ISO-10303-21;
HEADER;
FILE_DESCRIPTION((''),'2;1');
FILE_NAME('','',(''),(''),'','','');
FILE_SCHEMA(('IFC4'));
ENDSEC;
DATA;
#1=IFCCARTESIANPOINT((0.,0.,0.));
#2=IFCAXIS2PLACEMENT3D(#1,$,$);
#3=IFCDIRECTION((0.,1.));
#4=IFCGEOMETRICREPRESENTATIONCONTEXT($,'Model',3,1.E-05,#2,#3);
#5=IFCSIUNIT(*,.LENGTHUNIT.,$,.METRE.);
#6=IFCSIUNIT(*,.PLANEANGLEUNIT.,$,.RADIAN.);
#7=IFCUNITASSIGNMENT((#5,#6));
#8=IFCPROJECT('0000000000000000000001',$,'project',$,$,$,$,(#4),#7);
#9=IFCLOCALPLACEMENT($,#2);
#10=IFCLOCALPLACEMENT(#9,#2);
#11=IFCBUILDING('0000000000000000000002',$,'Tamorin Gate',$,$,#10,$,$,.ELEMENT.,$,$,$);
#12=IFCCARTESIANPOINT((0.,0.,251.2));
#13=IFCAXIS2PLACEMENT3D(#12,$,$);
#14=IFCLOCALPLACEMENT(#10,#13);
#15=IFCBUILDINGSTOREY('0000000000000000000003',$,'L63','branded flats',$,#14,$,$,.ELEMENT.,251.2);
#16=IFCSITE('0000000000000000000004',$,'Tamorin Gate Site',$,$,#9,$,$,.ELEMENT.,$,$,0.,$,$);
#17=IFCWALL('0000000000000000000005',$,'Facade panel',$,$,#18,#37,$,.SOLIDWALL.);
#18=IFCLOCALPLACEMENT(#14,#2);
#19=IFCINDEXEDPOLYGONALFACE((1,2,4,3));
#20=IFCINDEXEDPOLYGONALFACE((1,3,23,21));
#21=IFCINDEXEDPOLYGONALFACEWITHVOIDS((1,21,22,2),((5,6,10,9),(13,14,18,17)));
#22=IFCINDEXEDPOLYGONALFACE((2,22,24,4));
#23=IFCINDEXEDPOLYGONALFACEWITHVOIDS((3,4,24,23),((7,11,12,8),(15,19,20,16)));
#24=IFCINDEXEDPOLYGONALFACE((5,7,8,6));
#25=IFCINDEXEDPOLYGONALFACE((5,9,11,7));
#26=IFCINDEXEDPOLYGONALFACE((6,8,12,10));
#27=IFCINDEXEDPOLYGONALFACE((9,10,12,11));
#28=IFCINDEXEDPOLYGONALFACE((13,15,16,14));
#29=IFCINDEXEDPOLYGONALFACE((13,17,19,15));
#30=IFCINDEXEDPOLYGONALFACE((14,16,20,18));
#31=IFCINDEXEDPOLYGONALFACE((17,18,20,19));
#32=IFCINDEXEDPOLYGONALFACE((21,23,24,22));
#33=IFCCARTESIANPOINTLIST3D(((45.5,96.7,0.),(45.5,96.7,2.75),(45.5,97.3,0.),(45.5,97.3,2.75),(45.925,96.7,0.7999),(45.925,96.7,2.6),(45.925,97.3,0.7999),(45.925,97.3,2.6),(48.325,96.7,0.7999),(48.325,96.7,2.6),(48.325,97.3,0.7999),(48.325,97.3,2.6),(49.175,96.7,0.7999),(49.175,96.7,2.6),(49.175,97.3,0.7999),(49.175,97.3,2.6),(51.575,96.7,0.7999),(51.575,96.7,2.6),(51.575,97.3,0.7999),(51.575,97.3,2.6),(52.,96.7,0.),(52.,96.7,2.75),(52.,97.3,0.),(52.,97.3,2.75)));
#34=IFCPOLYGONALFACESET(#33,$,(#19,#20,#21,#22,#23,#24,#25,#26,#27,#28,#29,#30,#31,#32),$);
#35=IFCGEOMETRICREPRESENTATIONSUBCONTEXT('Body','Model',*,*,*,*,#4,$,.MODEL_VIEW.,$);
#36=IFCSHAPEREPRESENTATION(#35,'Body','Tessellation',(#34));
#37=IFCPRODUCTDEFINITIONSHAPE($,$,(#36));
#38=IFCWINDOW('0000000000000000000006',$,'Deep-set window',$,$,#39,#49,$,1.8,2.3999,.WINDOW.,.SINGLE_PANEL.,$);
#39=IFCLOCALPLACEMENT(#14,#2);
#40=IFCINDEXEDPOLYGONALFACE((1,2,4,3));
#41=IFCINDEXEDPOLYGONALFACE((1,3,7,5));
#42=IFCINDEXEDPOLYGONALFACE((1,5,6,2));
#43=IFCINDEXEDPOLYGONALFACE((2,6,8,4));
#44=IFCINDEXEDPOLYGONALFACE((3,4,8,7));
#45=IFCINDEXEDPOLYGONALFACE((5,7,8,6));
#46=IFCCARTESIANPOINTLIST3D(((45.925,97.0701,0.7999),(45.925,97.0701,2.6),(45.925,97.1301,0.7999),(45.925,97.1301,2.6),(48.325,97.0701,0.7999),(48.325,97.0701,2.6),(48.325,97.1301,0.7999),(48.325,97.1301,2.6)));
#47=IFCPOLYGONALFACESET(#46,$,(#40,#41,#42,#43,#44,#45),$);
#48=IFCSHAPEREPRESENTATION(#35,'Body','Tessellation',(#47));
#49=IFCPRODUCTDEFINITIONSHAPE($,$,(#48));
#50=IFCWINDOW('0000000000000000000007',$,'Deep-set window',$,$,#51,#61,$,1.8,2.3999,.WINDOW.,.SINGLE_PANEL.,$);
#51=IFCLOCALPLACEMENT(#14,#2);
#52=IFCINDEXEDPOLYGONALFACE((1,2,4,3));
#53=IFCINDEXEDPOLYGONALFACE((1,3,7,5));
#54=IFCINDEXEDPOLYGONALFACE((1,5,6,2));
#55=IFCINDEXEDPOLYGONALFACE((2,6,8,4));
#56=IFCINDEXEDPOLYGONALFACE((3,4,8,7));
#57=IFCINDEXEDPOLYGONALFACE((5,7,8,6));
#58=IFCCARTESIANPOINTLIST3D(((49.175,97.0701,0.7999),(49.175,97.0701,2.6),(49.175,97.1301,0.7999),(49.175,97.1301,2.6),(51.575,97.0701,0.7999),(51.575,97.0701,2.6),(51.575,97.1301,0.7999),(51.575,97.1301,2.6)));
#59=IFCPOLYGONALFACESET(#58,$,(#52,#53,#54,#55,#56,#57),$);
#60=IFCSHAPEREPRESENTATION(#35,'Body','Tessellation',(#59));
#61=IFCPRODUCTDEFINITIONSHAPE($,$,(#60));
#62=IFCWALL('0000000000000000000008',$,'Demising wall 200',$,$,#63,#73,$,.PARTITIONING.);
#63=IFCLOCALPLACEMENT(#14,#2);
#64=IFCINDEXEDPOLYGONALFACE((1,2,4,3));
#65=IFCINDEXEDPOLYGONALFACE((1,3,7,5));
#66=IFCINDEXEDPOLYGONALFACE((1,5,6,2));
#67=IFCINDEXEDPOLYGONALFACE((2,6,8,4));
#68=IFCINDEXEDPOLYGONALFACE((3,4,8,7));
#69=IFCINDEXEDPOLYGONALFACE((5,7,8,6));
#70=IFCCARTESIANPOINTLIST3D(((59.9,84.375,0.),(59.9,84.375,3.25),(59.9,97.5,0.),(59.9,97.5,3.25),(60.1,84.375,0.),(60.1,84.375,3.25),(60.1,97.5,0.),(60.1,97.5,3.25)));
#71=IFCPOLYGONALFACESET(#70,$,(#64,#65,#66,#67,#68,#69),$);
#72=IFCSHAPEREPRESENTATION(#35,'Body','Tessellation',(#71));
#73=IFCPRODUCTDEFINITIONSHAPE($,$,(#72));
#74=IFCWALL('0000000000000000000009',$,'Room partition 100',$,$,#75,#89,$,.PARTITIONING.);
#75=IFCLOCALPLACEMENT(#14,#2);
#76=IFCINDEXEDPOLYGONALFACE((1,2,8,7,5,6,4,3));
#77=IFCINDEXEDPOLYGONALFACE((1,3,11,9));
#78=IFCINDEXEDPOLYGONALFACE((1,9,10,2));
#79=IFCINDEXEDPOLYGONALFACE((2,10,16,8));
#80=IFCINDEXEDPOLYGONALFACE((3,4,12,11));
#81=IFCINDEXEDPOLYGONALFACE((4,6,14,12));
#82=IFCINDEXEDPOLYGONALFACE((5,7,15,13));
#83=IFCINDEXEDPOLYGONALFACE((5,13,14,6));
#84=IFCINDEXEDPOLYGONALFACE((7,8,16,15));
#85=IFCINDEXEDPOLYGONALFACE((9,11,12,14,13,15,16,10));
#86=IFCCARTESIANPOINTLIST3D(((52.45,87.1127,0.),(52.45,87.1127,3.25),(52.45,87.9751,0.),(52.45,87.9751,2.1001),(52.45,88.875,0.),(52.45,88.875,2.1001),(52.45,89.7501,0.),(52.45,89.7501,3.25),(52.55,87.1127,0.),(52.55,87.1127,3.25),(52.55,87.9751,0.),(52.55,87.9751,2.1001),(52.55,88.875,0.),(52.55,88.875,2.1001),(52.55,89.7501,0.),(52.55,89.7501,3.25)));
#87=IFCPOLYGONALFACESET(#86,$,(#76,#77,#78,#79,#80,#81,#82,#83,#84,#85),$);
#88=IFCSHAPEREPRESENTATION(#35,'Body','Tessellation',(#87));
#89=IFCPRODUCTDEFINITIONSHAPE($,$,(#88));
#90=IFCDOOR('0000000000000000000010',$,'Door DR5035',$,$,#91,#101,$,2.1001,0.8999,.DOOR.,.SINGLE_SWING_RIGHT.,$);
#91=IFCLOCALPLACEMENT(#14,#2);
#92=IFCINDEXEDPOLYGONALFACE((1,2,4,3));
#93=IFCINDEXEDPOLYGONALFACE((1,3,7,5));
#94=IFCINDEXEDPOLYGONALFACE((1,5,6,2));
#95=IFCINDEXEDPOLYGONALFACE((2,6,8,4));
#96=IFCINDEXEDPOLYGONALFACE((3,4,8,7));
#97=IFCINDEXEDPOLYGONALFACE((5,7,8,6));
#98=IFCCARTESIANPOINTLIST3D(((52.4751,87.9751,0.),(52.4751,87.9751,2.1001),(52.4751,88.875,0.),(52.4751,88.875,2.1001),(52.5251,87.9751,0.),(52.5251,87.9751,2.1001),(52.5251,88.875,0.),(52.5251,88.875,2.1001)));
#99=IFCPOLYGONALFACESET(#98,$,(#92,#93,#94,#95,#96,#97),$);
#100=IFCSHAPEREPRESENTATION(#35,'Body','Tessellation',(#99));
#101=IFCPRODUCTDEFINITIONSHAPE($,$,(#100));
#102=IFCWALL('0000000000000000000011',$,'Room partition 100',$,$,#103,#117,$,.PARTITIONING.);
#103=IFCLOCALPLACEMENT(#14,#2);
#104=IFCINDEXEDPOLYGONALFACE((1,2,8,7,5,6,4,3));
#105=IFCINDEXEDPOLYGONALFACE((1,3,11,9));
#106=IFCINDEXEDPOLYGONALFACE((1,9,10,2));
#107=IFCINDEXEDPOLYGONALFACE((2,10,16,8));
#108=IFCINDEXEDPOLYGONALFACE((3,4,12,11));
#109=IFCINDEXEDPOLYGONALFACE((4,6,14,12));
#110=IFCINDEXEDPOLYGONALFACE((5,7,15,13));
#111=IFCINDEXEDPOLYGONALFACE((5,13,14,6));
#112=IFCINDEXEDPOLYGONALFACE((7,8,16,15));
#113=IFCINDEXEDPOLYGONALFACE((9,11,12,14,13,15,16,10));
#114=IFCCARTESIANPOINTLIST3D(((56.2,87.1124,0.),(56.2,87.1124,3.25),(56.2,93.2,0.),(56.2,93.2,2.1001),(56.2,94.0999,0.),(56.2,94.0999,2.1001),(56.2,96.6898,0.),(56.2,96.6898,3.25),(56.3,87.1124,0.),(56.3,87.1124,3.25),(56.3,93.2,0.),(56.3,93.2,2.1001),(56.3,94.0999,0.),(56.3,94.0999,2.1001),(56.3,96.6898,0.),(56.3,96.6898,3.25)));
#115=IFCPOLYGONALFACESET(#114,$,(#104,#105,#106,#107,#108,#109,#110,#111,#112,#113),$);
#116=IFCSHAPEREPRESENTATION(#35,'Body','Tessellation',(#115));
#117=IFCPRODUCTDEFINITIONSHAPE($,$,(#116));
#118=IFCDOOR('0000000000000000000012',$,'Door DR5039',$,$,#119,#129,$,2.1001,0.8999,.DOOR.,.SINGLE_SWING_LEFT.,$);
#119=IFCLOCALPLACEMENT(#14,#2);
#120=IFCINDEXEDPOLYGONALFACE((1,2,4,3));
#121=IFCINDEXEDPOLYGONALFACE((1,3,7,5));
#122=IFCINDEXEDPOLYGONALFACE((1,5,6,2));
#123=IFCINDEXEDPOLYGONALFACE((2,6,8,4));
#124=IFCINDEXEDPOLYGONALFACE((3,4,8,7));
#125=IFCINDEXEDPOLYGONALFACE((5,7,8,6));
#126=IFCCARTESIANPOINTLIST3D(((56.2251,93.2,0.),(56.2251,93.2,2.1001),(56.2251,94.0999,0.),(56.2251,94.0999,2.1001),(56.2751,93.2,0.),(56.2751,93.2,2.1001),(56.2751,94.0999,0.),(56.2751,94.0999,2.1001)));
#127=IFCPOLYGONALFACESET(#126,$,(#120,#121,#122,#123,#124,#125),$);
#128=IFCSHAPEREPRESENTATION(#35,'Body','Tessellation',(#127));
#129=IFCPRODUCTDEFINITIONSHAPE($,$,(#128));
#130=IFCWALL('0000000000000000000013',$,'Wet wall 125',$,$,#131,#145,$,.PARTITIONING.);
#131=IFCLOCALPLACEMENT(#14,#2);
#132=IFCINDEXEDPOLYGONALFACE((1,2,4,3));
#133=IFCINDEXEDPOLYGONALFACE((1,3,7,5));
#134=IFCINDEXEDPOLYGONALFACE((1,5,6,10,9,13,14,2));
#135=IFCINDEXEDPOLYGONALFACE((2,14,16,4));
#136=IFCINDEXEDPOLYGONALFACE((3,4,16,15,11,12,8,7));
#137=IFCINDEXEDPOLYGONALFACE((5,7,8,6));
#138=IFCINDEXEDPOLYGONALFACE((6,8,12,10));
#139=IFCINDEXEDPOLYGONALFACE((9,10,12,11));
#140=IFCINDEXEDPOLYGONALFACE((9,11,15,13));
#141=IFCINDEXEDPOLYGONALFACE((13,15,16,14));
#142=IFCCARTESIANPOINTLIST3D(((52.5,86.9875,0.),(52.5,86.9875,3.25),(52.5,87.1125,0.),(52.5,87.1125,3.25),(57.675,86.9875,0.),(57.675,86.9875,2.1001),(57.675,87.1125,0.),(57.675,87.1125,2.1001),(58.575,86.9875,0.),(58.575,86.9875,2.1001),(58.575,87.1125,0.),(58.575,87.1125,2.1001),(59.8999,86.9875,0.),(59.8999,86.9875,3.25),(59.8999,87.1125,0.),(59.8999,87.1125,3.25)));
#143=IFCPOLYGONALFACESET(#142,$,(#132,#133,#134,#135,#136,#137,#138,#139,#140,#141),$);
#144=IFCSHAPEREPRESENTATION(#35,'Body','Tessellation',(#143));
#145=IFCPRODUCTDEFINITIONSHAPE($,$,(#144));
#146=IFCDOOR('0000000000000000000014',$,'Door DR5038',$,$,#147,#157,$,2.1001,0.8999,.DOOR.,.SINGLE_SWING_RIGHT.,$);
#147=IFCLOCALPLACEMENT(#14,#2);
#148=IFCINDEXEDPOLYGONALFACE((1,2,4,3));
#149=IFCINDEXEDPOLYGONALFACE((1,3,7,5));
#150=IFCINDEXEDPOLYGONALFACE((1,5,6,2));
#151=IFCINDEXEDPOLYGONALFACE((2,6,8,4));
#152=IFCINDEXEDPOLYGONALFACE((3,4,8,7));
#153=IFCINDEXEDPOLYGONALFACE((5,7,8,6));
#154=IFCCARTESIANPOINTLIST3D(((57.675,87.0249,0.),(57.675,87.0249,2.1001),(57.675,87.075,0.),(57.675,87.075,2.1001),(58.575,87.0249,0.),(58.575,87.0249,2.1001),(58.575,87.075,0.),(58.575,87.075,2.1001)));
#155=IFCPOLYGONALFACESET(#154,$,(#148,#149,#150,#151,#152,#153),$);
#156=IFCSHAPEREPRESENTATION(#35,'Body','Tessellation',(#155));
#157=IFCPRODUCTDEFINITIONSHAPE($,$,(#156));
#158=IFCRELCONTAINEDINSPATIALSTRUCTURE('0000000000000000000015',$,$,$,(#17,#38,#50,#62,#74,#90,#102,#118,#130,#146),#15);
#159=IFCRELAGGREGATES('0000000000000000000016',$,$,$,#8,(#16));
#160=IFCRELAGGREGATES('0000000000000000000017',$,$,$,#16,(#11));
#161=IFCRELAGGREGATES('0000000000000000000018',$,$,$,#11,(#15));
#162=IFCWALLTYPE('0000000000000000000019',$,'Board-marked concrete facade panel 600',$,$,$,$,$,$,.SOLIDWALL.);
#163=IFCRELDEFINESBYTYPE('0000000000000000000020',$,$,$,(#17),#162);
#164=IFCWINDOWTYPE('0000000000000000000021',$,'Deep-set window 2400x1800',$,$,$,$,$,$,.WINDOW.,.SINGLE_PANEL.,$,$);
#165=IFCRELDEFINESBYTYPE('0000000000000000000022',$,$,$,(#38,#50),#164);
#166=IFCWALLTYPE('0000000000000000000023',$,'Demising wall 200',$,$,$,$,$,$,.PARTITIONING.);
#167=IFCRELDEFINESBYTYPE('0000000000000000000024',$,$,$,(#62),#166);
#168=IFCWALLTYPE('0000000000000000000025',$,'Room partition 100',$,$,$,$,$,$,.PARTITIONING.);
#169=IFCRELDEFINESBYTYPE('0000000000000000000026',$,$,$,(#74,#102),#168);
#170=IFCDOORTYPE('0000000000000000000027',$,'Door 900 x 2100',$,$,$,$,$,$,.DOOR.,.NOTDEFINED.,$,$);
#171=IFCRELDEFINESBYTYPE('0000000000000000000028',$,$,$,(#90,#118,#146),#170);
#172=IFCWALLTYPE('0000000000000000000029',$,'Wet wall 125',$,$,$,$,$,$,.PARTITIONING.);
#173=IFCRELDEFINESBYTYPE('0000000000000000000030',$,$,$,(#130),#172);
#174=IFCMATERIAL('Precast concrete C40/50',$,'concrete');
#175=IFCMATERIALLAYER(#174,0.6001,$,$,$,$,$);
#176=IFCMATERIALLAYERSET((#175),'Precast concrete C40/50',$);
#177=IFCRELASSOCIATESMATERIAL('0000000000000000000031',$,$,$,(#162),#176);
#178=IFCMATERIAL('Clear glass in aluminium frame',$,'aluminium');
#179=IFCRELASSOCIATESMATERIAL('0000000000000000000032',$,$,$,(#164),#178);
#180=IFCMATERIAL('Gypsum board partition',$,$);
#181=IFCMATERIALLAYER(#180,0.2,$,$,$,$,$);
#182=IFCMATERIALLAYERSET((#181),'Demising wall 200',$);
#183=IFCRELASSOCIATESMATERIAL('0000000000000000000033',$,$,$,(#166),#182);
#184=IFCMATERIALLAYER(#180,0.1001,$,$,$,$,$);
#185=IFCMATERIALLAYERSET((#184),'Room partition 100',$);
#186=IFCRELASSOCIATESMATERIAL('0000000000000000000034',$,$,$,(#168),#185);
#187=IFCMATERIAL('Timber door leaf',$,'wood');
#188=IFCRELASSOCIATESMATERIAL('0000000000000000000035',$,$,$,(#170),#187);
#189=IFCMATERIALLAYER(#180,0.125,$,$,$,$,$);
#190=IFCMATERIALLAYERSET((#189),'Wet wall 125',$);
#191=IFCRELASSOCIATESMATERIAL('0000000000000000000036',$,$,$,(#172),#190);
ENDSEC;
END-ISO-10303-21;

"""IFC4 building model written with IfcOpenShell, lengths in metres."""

from ifc_helpers import new_model, si_unit, direction, frame, frame_2d, origin, place, context, subcontext, project, spatial, rectangle, extrude, material, layer, layer_set, type_object, element, fill, save


model = new_model("IFC4")

# Units and contexts
model_context = context("Model", 3, precision=1e-05, world=origin(), true_north=direction((0.0, 1.0)))
body_context = subcontext(model_context, "Body", "Model", "MODEL_VIEW")
ifc_project = project(units=[si_unit("LENGTHUNIT", "METRE"), si_unit("PLANEANGLEUNIT", "RADIAN")], contexts=[model_context])

# Site, building, storey
site_placement = place(None, origin())
site = spatial("IfcSite", under=ifc_project, at=site_placement, Name="Tamorin Gate Site", CompositionType="ELEMENT", RefElevation=0.0)
building_placement = place(site_placement, origin())
building = spatial("IfcBuilding", under=site, at=building_placement, Name="Tamorin Gate", CompositionType="ELEMENT")
storey_placement = place(building_placement, frame((0.0, 0.0, 251.2)))
storey = spatial("IfcBuildingStorey", under=building, at=storey_placement, Name="L63", Description="branded flats", CompositionType="ELEMENT", Elevation=251.2)

# Wall, openings, windows
ifc_material_1 = material(Name="Precast concrete C40/50", Category="concrete")
ifc_layer_1 = layer(ifc_material_1, 0.6001)
ifc_layer_set_1 = layer_set([ifc_layer_1], Name="Precast concrete C40/50")
wall_type_1 = type_object("IfcWallType", Name="Board-marked concrete facade panel 600", PredefinedType="SOLIDWALL", material=ifc_layer_set_1)
ifc_material_2 = material(Name="Clear glass in aluminium frame", Category="aluminium")
window_type = type_object("IfcWindowType", Name="Deep-set window 2400x1800", PartitioningType="SINGLE_PANEL", PredefinedType="WINDOW", material=ifc_material_2)
wall_1_placement = place(storey_placement, frame((52.0, 97.0, 0.0), z_axis=(0.0, 0.0, 1.0), x_axis=(-1.0, 0.0, 0.0)))
wall_1 = element("IfcWall", 1, at=wall_1_placement, inside=storey, type_object=wall_type_1, Name="Facade panel", PredefinedType="SOLIDWALL", context=body_context, shape_type="SweptSolid", body=[
    extrude(rectangle(XDim=6.5, YDim=0.6001, at=frame_2d((3.25, 0.0))), origin(), (0.0, 0.0, 1.0), 2.75),
])
opening_1_placement = place(wall_1_placement, frame((3.675, 0.0, 0.8)))
opening_1 = element("IfcOpeningElement", 2, at=opening_1_placement, cuts=wall_1, PredefinedType="OPENING", context=body_context, shape_type="SweptSolid", body=[
    extrude(rectangle(XDim=2.3999, YDim=1.8, at=frame_2d((1.2, 0.8999))), frame((0.0, 0.3101, 0.0), z_axis=(0.0, -1.0, 0.0), x_axis=(1.0, 0.0, 0.0)), (0.0, 0.0, 1.0), 0.6201),
])
opening_2_placement = place(wall_1_placement, frame((0.425, 0.0, 0.8)))
opening_2 = element("IfcOpeningElement", 3, at=opening_2_placement, cuts=wall_1, PredefinedType="OPENING", context=body_context, shape_type="SweptSolid", body=[
    extrude(rectangle(XDim=2.3999, YDim=1.8, at=frame_2d((1.2, 0.8999))), frame((0.0, 0.3101, 0.0), z_axis=(0.0, -1.0, 0.0), x_axis=(1.0, 0.0, 0.0)), (0.0, 0.0, 1.0), 0.6201),
])
window_1_placement = place(opening_1_placement, origin())
window_1 = element("IfcWindow", 4, at=window_1_placement, inside=storey, type_object=window_type, Name="Deep-set window", OverallHeight=1.8, OverallWidth=2.3999, PartitioningType="SINGLE_PANEL", PredefinedType="WINDOW", context=body_context, shape_type="SweptSolid", body=[
    extrude(rectangle(XDim=2.3999, YDim=1.8, at=frame_2d((1.2, 0.8999))), frame((0.0, -0.0701, 0.0), z_axis=(0.0, -1.0, 0.0), x_axis=(1.0, 0.0, 0.0)), (0.0, 0.0, 1.0), 0.0601),
])
fill(opening_1, window_1)
window_2_placement = place(opening_2_placement, origin())
window_2 = element("IfcWindow", 5, at=window_2_placement, inside=storey, type_object=window_type, Name="Deep-set window", OverallHeight=1.8, OverallWidth=2.3999, PartitioningType="SINGLE_PANEL", PredefinedType="WINDOW", context=body_context, shape_type="SweptSolid", body=[
    extrude(rectangle(XDim=2.3999, YDim=1.8, at=frame_2d((1.2, 0.8999))), frame((0.0, -0.0701, 0.0), z_axis=(0.0, -1.0, 0.0), x_axis=(1.0, 0.0, 0.0)), (0.0, 0.0, 1.0), 0.0601),
])
fill(opening_2, window_2)

# Wall
ifc_material_3 = material(Name="Gypsum board partition")
ifc_layer_2 = layer(ifc_material_3, 0.2)
ifc_layer_set_2 = layer_set([ifc_layer_2], Name="Demising wall 200")
wall_type_2 = type_object("IfcWallType", Name="Demising wall 200", PredefinedType="PARTITIONING", material=ifc_layer_set_2)
wall_2_placement = place(storey_placement, frame((60.0, 84.375, 0.0), z_axis=(0.0, 0.0, 1.0), x_axis=(0.0, 1.0, 0.0)))
element("IfcWall", 6, at=wall_2_placement, inside=storey, type_object=wall_type_2, Name="Demising wall 200", PredefinedType="PARTITIONING", context=body_context, shape_type="SweptSolid", body=[
    extrude(rectangle(XDim=13.125, YDim=0.2, at=frame_2d((6.5625, 0.0))), origin(), (0.0, 0.0, 1.0), 3.25),
])

# Walls, openings, doors
ifc_layer_3 = layer(ifc_material_3, 0.1001)
ifc_layer_set_3 = layer_set([ifc_layer_3], Name="Room partition 100")
wall_type_3 = type_object("IfcWallType", Name="Room partition 100", PredefinedType="PARTITIONING", material=ifc_layer_set_3)
wall_3_placement = place(storey_placement, frame((52.5, 87.1125, 0.0), z_axis=(0.0, 0.0, 1.0), x_axis=(0.0, 1.0, 0.0)))
wall_3 = element("IfcWall", 7, at=wall_3_placement, inside=storey, type_object=wall_type_3, Name="Room partition 100", PredefinedType="PARTITIONING", context=body_context, shape_type="SweptSolid", body=[
    extrude(rectangle(XDim=2.6375, YDim=0.1001, at=frame_2d((1.3188, 0.0))), origin(), (0.0, 0.0, 1.0), 3.25),
])
opening_3_placement = place(wall_3_placement, frame((0.8625, 0.0, 0.0)))
opening_3 = element("IfcOpeningElement", 8, at=opening_3_placement, cuts=wall_3, PredefinedType="OPENING", context=body_context, shape_type="SweptSolid", body=[
    extrude(rectangle(XDim=0.8999, YDim=2.1001, at=frame_2d((0.45, 1.05))), frame((0.0, 0.0601, 0.0), z_axis=(0.0, -1.0, 0.0), x_axis=(1.0, 0.0, 0.0)), (0.0, 0.0, 1.0), 0.1201),
])
ifc_material_4 = material(Name="Timber door leaf", Category="wood")
door_type = type_object("IfcDoorType", Name="Door 900 x 2100", OperationType="NOTDEFINED", PredefinedType="DOOR", material=ifc_material_4)
door_1_placement = place(opening_3_placement, origin())
door_1 = element("IfcDoor", 9, at=door_1_placement, inside=storey, type_object=door_type, Name="Door DR5035", OperationType="SINGLE_SWING_RIGHT", OverallHeight=2.1001, OverallWidth=0.8999, PredefinedType="DOOR", context=body_context, shape_type="SweptSolid", body=[
    extrude(rectangle(XDim=0.8999, YDim=2.1001, at=frame_2d((0.45, 1.05))), frame((0.0, 0.0249, 0.0), z_axis=(0.0, -1.0, 0.0), x_axis=(1.0, 0.0, 0.0)), (0.0, 0.0, 1.0), 0.05),
])
fill(opening_3, door_1)
wall_4_placement = place(storey_placement, frame((56.25, 87.1125, 0.0), z_axis=(0.0, 0.0, 1.0), x_axis=(0.0, 1.0, 0.0)))
wall_4 = element("IfcWall", 10, at=wall_4_placement, inside=storey, type_object=wall_type_3, Name="Room partition 100", PredefinedType="PARTITIONING", context=body_context, shape_type="SweptSolid", body=[
    extrude(rectangle(XDim=9.5774, YDim=0.1001, at=frame_2d((4.7886, 0.0))), origin(), (0.0, 0.0, 1.0), 3.25),
])
opening_4_placement = place(wall_4_placement, frame((6.0874, 0.0, 0.0)))
opening_4 = element("IfcOpeningElement", 11, at=opening_4_placement, cuts=wall_4, PredefinedType="OPENING", context=body_context, shape_type="SweptSolid", body=[
    extrude(rectangle(XDim=0.8999, YDim=2.1001, at=frame_2d((0.45, 1.05))), frame((0.0, 0.0601, 0.0), z_axis=(0.0, -1.0, 0.0), x_axis=(1.0, 0.0, 0.0)), (0.0, 0.0, 1.0), 0.1201),
])
door_2_placement = place(opening_4_placement, origin())
door_2 = element("IfcDoor", 12, at=door_2_placement, inside=storey, type_object=door_type, Name="Door DR5039", OperationType="SINGLE_SWING_LEFT", OverallHeight=2.1001, OverallWidth=0.8999, PredefinedType="DOOR", context=body_context, shape_type="SweptSolid", body=[
    extrude(rectangle(XDim=0.8999, YDim=2.1001, at=frame_2d((0.45, 1.05))), frame((0.0, 0.0249, 0.0), z_axis=(0.0, -1.0, 0.0), x_axis=(1.0, 0.0, 0.0)), (0.0, 0.0, 1.0), 0.05),
])
fill(opening_4, door_2)
ifc_layer_4 = layer(ifc_material_3, 0.125)
ifc_layer_set_4 = layer_set([ifc_layer_4], Name="Wet wall 125")
wall_type_4 = type_object("IfcWallType", Name="Wet wall 125", PredefinedType="PARTITIONING", material=ifc_layer_set_4)
wall_5_placement = place(storey_placement, frame((52.5, 87.05, 0.0), z_axis=(0.0, 0.0, 1.0), x_axis=(1.0, 0.0, 0.0)))
wall_5 = element("IfcWall", 13, at=wall_5_placement, inside=storey, type_object=wall_type_4, Name="Wet wall 125", PredefinedType="PARTITIONING", context=body_context, shape_type="SweptSolid", body=[
    extrude(rectangle(XDim=7.3999, YDim=0.125, at=frame_2d((3.7, 0.0))), origin(), (0.0, 0.0, 1.0), 3.25),
])
opening_5_placement = place(wall_5_placement, frame((5.175, 0.0, 0.0)))
opening_5 = element("IfcOpeningElement", 14, at=opening_5_placement, cuts=wall_5, PredefinedType="OPENING", context=body_context, shape_type="SweptSolid", body=[
    extrude(rectangle(XDim=0.8999, YDim=2.1001, at=frame_2d((0.45, 1.05))), frame((0.0, 0.0725, 0.0), z_axis=(0.0, -1.0, 0.0), x_axis=(1.0, 0.0, 0.0)), (0.0, 0.0, 1.0), 0.145),
])
door_3_placement = place(opening_5_placement, origin())
door_3 = element("IfcDoor", 15, at=door_3_placement, inside=storey, type_object=door_type, Name="Door DR5038", OperationType="SINGLE_SWING_RIGHT", OverallHeight=2.1001, OverallWidth=0.8999, PredefinedType="DOOR", context=body_context, shape_type="SweptSolid", body=[
    extrude(rectangle(XDim=0.8999, YDim=2.1001, at=frame_2d((0.45, 1.05))), frame((0.0, 0.0249, 0.0), z_axis=(0.0, -1.0, 0.0), x_axis=(1.0, 0.0, 0.0)), (0.0, 0.0, 1.0), 0.05),
])
fill(opening_5, door_3)

save(model, "model.ifc")
